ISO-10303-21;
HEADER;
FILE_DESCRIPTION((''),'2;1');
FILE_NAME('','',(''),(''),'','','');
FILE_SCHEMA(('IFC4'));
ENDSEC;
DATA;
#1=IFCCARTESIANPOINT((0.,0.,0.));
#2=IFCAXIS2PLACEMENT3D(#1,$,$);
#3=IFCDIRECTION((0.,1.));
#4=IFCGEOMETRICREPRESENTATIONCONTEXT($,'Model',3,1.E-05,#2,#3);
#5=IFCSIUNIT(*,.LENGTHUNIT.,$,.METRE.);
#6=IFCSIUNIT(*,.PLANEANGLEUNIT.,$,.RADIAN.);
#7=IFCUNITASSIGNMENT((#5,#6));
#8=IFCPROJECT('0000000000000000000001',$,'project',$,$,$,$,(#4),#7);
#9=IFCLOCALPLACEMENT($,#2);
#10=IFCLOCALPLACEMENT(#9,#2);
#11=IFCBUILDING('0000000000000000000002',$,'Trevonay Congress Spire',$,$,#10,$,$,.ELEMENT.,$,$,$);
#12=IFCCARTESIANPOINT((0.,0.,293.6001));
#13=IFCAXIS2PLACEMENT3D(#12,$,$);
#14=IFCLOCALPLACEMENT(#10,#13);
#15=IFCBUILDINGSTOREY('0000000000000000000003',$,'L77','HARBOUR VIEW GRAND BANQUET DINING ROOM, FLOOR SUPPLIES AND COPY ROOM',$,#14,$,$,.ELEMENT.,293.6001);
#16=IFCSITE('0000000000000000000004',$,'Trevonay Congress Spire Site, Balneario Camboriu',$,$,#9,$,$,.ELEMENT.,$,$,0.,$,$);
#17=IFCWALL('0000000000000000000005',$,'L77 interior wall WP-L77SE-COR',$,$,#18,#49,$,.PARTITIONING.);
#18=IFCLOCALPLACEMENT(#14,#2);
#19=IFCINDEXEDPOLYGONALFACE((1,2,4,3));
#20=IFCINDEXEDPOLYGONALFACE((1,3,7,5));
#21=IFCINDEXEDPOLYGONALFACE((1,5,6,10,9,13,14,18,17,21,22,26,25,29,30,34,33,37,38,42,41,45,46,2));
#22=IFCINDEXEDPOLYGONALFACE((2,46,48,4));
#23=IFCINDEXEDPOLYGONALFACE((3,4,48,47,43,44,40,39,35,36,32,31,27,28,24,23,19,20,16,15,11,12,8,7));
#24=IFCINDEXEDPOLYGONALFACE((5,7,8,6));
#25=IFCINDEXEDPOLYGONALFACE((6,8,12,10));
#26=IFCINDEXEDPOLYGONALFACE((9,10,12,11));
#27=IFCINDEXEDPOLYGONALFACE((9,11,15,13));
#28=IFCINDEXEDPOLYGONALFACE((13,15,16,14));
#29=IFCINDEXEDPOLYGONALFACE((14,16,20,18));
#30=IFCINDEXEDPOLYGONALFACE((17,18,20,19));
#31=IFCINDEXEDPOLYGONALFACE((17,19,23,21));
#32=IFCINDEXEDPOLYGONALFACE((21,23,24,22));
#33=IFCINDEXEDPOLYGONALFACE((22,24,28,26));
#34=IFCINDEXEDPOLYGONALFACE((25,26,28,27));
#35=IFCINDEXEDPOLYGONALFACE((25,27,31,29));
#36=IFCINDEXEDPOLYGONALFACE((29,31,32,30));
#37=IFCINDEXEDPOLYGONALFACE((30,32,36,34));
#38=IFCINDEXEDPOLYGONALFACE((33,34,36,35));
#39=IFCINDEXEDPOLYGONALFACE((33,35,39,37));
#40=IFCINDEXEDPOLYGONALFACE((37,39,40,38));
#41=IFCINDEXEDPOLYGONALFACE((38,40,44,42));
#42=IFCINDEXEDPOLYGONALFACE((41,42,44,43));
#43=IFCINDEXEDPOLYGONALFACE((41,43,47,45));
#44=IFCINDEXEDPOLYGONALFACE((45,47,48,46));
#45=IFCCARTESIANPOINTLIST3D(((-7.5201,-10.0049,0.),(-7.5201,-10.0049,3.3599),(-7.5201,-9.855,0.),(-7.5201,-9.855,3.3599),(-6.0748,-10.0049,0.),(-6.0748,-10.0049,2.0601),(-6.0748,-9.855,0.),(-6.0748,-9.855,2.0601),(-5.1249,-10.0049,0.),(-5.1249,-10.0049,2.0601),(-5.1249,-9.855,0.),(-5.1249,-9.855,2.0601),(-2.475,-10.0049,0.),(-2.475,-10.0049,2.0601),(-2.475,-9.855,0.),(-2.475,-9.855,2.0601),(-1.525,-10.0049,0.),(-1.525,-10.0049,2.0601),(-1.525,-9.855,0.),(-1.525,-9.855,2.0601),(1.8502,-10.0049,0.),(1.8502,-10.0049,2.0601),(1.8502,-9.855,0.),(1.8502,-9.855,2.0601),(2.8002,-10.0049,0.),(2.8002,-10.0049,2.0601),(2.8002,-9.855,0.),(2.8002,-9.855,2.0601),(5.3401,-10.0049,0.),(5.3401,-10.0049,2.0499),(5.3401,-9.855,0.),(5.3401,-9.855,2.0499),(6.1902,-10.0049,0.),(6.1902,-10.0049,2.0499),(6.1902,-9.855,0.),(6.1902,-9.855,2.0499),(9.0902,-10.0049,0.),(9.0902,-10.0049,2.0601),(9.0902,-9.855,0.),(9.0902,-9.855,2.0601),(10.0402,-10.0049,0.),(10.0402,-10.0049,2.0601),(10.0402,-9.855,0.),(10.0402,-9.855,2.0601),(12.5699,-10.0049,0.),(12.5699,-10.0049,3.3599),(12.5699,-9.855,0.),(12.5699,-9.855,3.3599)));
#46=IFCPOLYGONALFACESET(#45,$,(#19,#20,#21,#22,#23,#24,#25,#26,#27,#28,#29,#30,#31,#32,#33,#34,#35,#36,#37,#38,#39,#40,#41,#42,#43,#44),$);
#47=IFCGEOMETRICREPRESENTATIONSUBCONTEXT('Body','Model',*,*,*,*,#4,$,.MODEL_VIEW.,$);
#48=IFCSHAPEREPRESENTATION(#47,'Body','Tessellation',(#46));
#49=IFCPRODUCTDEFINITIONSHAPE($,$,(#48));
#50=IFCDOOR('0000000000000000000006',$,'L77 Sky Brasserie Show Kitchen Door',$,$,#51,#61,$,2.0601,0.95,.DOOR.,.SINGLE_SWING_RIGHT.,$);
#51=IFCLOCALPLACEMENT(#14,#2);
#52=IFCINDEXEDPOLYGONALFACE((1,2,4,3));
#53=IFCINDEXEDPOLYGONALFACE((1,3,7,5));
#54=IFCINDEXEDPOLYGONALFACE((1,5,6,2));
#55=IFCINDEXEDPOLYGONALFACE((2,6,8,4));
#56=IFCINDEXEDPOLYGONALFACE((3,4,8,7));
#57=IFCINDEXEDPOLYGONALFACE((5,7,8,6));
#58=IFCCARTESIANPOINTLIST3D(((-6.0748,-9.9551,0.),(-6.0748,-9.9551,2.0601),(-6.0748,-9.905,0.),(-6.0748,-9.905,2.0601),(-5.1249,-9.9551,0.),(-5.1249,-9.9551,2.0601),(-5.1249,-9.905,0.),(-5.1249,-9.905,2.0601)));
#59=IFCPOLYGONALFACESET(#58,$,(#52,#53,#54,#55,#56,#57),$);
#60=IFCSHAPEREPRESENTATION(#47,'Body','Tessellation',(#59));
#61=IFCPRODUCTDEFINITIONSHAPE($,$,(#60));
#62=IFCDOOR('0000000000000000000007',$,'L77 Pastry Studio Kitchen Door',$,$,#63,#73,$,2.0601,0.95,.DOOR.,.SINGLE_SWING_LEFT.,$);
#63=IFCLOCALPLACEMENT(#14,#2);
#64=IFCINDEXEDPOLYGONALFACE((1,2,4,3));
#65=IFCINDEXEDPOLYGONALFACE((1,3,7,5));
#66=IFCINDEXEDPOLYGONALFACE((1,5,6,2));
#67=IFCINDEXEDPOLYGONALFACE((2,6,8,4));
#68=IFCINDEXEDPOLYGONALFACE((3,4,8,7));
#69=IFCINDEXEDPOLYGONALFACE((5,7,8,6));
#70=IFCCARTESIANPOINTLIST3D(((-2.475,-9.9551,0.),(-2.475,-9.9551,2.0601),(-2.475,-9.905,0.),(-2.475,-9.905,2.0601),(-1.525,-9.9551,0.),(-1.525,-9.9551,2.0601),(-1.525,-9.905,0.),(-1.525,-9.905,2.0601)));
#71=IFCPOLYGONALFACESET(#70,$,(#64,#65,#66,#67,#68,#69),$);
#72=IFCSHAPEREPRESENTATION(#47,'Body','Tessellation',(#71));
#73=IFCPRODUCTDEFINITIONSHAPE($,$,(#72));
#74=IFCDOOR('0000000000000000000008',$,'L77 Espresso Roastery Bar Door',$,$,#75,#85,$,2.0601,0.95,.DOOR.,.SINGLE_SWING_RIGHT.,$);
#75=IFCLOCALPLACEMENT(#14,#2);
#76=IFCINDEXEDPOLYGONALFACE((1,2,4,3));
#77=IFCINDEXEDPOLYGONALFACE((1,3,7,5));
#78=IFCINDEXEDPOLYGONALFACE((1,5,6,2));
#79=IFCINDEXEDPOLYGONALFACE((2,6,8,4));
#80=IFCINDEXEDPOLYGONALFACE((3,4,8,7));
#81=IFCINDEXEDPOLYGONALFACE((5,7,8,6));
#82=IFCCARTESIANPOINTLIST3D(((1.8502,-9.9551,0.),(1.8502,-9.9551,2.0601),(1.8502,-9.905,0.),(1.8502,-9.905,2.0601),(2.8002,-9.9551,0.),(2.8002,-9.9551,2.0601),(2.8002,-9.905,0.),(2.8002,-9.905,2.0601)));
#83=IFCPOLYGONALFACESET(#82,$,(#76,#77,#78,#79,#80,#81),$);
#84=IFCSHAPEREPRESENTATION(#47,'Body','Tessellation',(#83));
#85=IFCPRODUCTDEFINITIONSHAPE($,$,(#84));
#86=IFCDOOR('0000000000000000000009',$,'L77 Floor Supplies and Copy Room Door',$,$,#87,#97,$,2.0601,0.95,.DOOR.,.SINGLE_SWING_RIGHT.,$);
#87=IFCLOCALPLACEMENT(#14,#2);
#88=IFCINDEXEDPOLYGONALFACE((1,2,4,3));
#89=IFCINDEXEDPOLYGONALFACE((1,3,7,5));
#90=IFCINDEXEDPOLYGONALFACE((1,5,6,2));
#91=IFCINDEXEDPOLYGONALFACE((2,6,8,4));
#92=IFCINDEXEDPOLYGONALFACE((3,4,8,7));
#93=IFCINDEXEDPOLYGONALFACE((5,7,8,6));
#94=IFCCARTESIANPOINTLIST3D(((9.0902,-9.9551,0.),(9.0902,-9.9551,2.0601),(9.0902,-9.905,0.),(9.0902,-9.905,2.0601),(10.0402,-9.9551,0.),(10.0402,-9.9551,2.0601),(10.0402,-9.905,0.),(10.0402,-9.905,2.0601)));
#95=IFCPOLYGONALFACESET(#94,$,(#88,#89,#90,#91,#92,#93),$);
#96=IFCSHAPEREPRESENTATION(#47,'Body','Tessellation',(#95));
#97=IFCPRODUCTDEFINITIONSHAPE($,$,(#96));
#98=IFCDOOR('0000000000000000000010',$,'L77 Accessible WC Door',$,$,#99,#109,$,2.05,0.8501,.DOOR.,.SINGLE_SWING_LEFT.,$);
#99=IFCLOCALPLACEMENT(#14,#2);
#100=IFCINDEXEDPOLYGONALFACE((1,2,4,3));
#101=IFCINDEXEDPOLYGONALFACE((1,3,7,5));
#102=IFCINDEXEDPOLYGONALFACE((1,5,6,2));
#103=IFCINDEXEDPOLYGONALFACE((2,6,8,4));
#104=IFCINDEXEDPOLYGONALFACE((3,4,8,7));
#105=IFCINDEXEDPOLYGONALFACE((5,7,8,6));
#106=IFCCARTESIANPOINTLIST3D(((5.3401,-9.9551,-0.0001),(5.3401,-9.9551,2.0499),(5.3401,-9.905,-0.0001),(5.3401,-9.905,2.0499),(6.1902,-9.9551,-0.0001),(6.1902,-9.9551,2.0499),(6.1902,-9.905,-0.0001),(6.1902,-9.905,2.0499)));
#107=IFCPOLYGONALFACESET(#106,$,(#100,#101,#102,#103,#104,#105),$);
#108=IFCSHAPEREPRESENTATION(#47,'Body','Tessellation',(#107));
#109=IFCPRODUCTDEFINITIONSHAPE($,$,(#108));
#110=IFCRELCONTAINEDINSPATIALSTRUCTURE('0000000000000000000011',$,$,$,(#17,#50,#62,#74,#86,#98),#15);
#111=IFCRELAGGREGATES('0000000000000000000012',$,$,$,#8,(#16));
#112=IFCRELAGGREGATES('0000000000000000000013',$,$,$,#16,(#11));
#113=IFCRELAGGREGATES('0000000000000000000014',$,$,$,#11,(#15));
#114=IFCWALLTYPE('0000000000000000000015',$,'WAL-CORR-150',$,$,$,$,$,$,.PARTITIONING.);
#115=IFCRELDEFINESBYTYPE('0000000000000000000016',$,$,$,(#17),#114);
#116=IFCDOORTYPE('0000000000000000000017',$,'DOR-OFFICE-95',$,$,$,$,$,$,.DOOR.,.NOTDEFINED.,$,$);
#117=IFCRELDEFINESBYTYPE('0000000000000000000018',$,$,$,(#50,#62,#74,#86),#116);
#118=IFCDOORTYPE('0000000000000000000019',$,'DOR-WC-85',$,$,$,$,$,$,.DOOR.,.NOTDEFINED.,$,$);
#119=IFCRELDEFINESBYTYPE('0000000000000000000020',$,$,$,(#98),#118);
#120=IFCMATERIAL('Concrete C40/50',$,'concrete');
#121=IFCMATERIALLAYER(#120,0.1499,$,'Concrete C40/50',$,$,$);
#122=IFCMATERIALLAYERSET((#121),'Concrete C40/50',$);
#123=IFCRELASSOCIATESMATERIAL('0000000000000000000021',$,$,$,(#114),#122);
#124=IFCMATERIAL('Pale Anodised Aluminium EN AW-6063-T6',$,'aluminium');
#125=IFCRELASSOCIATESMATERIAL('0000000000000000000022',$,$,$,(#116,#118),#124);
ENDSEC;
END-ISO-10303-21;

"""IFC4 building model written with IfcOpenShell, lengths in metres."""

from ifc_helpers import new_model, si_unit, direction, frame, frame_2d, origin, place, context, subcontext, project, spatial, rectangle, extrude, material, layer, layer_set, type_object, element, fill, save


model = new_model("IFC4")

# Units and contexts
model_context = context("Model", 3, precision=1e-05, world=origin(), true_north=direction((0.0, 1.0)))
body_context = subcontext(model_context, "Body", "Model", "MODEL_VIEW")
ifc_project = project(units=[si_unit("LENGTHUNIT", "METRE"), si_unit("PLANEANGLEUNIT", "RADIAN")], contexts=[model_context])

# Site, building, storey
site_placement = place(None, origin())
site = spatial("IfcSite", under=ifc_project, at=site_placement, Name="Trevonay Congress Spire Site, Balneario Camboriu", CompositionType="ELEMENT", RefElevation=0.0)
building_placement = place(site_placement, origin())
building = spatial("IfcBuilding", under=site, at=building_placement, Name="Trevonay Congress Spire", CompositionType="ELEMENT")
storey_placement = place(building_placement, frame((0.0, 0.0, 293.6001)))
storey = spatial("IfcBuildingStorey", under=building, at=storey_placement, Name="L77", Description="HARBOUR VIEW GRAND BANQUET DINING ROOM, FLOOR SUPPLIES AND COPY ROOM", CompositionType="ELEMENT", Elevation=293.6001)

# Wall, openings, doors
ifc_material_1 = material(Name="Concrete C40/50", Category="concrete")
ifc_layer_1 = layer(ifc_material_1, 0.1499, Name="Concrete C40/50")
ifc_layer_set_1 = layer_set([ifc_layer_1], Name="Concrete C40/50")
wall_type_1 = type_object("IfcWallType", Name="WAL-CORR-150", PredefinedType="PARTITIONING", material=ifc_layer_set_1)
wall_1_placement = place(storey_placement, frame((-7.52, -9.9299, 0.0), z_axis=(0.0, 0.0, 1.0), x_axis=(1.0, 0.0, 0.0)))
wall_1 = element("IfcWall", 1, at=wall_1_placement, inside=storey, type_object=wall_type_1, Name="L77 interior wall WP-L77SE-COR", PredefinedType="PARTITIONING", context=body_context, shape_type="SweptSolid", body=[
    extrude(rectangle(XDim=20.0901, YDim=0.1499, at=frame_2d((10.0449, 0.0))), origin(), (0.0, 0.0, 1.0), 3.3599),
])
opening_1_placement = place(wall_1_placement, frame((1.4451, 0.0, 0.0)))
opening_1 = element("IfcOpeningElement", 2, at=opening_1_placement, cuts=wall_1, PredefinedType="OPENING", context=body_context, shape_type="SweptSolid", body=[
    extrude(rectangle(XDim=0.95, YDim=2.0601, at=frame_2d((0.4751, 1.03))), frame((0.0, 0.085, 0.0), z_axis=(0.0, -1.0, 0.0), x_axis=(1.0, 0.0, 0.0)), (0.0, 0.0, 1.0), 0.1699),
])
opening_2_placement = place(wall_1_placement, frame((5.0449, 0.0, 0.0)))
opening_2 = element("IfcOpeningElement", 3, at=opening_2_placement, cuts=wall_1, PredefinedType="OPENING", context=body_context, shape_type="SweptSolid", body=[
    extrude(rectangle(XDim=0.95, YDim=2.0601, at=frame_2d((0.4751, 1.03))), frame((0.0, 0.085, 0.0), z_axis=(0.0, -1.0, 0.0), x_axis=(1.0, 0.0, 0.0)), (0.0, 0.0, 1.0), 0.1699),
])
opening_3_placement = place(wall_1_placement, frame((9.3701, 0.0, 0.0)))
opening_3 = element("IfcOpeningElement", 4, at=opening_3_placement, cuts=wall_1, PredefinedType="OPENING", context=body_context, shape_type="SweptSolid", body=[
    extrude(rectangle(XDim=0.95, YDim=2.0601, at=frame_2d((0.4751, 1.03))), frame((0.0, 0.085, 0.0), z_axis=(0.0, -1.0, 0.0), x_axis=(1.0, 0.0, 0.0)), (0.0, 0.0, 1.0), 0.1699),
])
opening_4_placement = place(wall_1_placement, frame((12.8601, 0.0, 0.0)))
opening_4 = element("IfcOpeningElement", 5, at=opening_4_placement, cuts=wall_1, PredefinedType="OPENING", context=body_context, shape_type="SweptSolid", body=[
    extrude(rectangle(XDim=0.8501, YDim=2.05, at=frame_2d((0.425, 1.0249))), frame((0.0, 0.085, 0.0), z_axis=(0.0, -1.0, 0.0), x_axis=(1.0, 0.0, 0.0)), (0.0, 0.0, 1.0), 0.1699),
])
opening_5_placement = place(wall_1_placement, frame((16.6101, 0.0, 0.0)))
opening_5 = element("IfcOpeningElement", 6, at=opening_5_placement, cuts=wall_1, PredefinedType="OPENING", context=body_context, shape_type="SweptSolid", body=[
    extrude(rectangle(XDim=0.95, YDim=2.0601, at=frame_2d((0.4751, 1.03))), frame((0.0, 0.085, 0.0), z_axis=(0.0, -1.0, 0.0), x_axis=(1.0, 0.0, 0.0)), (0.0, 0.0, 1.0), 0.1699),
])
ifc_material_2 = material(Name="Pale Anodised Aluminium EN AW-6063-T6", Category="aluminium")
door_type_1 = type_object("IfcDoorType", Name="DOR-OFFICE-95", OperationType="NOTDEFINED", PredefinedType="DOOR", material=ifc_material_2)
door_1_placement = place(opening_1_placement, origin())
door_1 = element("IfcDoor", 7, at=door_1_placement, inside=storey, type_object=door_type_1, Name="L77 Sky Brasserie Show Kitchen Door", OperationType="SINGLE_SWING_RIGHT", OverallHeight=2.0601, OverallWidth=0.95, PredefinedType="DOOR", context=body_context, shape_type="SweptSolid", body=[
    extrude(rectangle(XDim=0.95, YDim=2.0601, at=frame_2d((0.4751, 1.03))), frame((0.0, 0.0249, 0.0), z_axis=(0.0, -1.0, 0.0), x_axis=(1.0, 0.0, 0.0)), (0.0, 0.0, 1.0), 0.05),
])
fill(opening_1, door_1)
door_2_placement = place(opening_2_placement, origin())
door_2 = element("IfcDoor", 8, at=door_2_placement, inside=storey, type_object=door_type_1, Name="L77 Pastry Studio Kitchen Door", OperationType="SINGLE_SWING_LEFT", OverallHeight=2.0601, OverallWidth=0.95, PredefinedType="DOOR", context=body_context, shape_type="SweptSolid", body=[
    extrude(rectangle(XDim=0.95, YDim=2.0601, at=frame_2d((0.4751, 1.03))), frame((0.0, 0.0249, 0.0), z_axis=(0.0, -1.0, 0.0), x_axis=(1.0, 0.0, 0.0)), (0.0, 0.0, 1.0), 0.05),
])
fill(opening_2, door_2)
door_3_placement = place(opening_3_placement, origin())
door_3 = element("IfcDoor", 9, at=door_3_placement, inside=storey, type_object=door_type_1, Name="L77 Espresso Roastery Bar Door", OperationType="SINGLE_SWING_RIGHT", OverallHeight=2.0601, OverallWidth=0.95, PredefinedType="DOOR", context=body_context, shape_type="SweptSolid", body=[
    extrude(rectangle(XDim=0.95, YDim=2.0601, at=frame_2d((0.4751, 1.03))), frame((0.0, 0.0249, 0.0), z_axis=(0.0, -1.0, 0.0), x_axis=(1.0, 0.0, 0.0)), (0.0, 0.0, 1.0), 0.05),
])
fill(opening_3, door_3)
door_4_placement = place(opening_5_placement, origin())
door_4 = element("IfcDoor", 10, at=door_4_placement, inside=storey, type_object=door_type_1, Name="L77 Floor Supplies and Copy Room Door", OperationType="SINGLE_SWING_RIGHT", OverallHeight=2.0601, OverallWidth=0.95, PredefinedType="DOOR", context=body_context, shape_type="SweptSolid", body=[
    extrude(rectangle(XDim=0.95, YDim=2.0601, at=frame_2d((0.4751, 1.03))), frame((0.0, 0.0249, 0.0), z_axis=(0.0, -1.0, 0.0), x_axis=(1.0, 0.0, 0.0)), (0.0, 0.0, 1.0), 0.05),
])
fill(opening_5, door_4)
door_type_2 = type_object("IfcDoorType", Name="DOR-WC-85", OperationType="NOTDEFINED", PredefinedType="DOOR", material=ifc_material_2)
door_5_placement = place(opening_4_placement, origin())
door_5 = element("IfcDoor", 11, at=door_5_placement, inside=storey, type_object=door_type_2, Name="L77 Accessible WC Door", OperationType="SINGLE_SWING_LEFT", OverallHeight=2.05, OverallWidth=0.8501, PredefinedType="DOOR", context=body_context, shape_type="SweptSolid", body=[
    extrude(rectangle(XDim=0.8501, YDim=2.05, at=frame_2d((0.425, 1.0249))), frame((0.0, 0.0249, 0.0), z_axis=(0.0, -1.0, 0.0), x_axis=(1.0, 0.0, 0.0)), (0.0, 0.0, 1.0), 0.05),
])
fill(opening_4, door_5)

save(model, "model.ifc")
